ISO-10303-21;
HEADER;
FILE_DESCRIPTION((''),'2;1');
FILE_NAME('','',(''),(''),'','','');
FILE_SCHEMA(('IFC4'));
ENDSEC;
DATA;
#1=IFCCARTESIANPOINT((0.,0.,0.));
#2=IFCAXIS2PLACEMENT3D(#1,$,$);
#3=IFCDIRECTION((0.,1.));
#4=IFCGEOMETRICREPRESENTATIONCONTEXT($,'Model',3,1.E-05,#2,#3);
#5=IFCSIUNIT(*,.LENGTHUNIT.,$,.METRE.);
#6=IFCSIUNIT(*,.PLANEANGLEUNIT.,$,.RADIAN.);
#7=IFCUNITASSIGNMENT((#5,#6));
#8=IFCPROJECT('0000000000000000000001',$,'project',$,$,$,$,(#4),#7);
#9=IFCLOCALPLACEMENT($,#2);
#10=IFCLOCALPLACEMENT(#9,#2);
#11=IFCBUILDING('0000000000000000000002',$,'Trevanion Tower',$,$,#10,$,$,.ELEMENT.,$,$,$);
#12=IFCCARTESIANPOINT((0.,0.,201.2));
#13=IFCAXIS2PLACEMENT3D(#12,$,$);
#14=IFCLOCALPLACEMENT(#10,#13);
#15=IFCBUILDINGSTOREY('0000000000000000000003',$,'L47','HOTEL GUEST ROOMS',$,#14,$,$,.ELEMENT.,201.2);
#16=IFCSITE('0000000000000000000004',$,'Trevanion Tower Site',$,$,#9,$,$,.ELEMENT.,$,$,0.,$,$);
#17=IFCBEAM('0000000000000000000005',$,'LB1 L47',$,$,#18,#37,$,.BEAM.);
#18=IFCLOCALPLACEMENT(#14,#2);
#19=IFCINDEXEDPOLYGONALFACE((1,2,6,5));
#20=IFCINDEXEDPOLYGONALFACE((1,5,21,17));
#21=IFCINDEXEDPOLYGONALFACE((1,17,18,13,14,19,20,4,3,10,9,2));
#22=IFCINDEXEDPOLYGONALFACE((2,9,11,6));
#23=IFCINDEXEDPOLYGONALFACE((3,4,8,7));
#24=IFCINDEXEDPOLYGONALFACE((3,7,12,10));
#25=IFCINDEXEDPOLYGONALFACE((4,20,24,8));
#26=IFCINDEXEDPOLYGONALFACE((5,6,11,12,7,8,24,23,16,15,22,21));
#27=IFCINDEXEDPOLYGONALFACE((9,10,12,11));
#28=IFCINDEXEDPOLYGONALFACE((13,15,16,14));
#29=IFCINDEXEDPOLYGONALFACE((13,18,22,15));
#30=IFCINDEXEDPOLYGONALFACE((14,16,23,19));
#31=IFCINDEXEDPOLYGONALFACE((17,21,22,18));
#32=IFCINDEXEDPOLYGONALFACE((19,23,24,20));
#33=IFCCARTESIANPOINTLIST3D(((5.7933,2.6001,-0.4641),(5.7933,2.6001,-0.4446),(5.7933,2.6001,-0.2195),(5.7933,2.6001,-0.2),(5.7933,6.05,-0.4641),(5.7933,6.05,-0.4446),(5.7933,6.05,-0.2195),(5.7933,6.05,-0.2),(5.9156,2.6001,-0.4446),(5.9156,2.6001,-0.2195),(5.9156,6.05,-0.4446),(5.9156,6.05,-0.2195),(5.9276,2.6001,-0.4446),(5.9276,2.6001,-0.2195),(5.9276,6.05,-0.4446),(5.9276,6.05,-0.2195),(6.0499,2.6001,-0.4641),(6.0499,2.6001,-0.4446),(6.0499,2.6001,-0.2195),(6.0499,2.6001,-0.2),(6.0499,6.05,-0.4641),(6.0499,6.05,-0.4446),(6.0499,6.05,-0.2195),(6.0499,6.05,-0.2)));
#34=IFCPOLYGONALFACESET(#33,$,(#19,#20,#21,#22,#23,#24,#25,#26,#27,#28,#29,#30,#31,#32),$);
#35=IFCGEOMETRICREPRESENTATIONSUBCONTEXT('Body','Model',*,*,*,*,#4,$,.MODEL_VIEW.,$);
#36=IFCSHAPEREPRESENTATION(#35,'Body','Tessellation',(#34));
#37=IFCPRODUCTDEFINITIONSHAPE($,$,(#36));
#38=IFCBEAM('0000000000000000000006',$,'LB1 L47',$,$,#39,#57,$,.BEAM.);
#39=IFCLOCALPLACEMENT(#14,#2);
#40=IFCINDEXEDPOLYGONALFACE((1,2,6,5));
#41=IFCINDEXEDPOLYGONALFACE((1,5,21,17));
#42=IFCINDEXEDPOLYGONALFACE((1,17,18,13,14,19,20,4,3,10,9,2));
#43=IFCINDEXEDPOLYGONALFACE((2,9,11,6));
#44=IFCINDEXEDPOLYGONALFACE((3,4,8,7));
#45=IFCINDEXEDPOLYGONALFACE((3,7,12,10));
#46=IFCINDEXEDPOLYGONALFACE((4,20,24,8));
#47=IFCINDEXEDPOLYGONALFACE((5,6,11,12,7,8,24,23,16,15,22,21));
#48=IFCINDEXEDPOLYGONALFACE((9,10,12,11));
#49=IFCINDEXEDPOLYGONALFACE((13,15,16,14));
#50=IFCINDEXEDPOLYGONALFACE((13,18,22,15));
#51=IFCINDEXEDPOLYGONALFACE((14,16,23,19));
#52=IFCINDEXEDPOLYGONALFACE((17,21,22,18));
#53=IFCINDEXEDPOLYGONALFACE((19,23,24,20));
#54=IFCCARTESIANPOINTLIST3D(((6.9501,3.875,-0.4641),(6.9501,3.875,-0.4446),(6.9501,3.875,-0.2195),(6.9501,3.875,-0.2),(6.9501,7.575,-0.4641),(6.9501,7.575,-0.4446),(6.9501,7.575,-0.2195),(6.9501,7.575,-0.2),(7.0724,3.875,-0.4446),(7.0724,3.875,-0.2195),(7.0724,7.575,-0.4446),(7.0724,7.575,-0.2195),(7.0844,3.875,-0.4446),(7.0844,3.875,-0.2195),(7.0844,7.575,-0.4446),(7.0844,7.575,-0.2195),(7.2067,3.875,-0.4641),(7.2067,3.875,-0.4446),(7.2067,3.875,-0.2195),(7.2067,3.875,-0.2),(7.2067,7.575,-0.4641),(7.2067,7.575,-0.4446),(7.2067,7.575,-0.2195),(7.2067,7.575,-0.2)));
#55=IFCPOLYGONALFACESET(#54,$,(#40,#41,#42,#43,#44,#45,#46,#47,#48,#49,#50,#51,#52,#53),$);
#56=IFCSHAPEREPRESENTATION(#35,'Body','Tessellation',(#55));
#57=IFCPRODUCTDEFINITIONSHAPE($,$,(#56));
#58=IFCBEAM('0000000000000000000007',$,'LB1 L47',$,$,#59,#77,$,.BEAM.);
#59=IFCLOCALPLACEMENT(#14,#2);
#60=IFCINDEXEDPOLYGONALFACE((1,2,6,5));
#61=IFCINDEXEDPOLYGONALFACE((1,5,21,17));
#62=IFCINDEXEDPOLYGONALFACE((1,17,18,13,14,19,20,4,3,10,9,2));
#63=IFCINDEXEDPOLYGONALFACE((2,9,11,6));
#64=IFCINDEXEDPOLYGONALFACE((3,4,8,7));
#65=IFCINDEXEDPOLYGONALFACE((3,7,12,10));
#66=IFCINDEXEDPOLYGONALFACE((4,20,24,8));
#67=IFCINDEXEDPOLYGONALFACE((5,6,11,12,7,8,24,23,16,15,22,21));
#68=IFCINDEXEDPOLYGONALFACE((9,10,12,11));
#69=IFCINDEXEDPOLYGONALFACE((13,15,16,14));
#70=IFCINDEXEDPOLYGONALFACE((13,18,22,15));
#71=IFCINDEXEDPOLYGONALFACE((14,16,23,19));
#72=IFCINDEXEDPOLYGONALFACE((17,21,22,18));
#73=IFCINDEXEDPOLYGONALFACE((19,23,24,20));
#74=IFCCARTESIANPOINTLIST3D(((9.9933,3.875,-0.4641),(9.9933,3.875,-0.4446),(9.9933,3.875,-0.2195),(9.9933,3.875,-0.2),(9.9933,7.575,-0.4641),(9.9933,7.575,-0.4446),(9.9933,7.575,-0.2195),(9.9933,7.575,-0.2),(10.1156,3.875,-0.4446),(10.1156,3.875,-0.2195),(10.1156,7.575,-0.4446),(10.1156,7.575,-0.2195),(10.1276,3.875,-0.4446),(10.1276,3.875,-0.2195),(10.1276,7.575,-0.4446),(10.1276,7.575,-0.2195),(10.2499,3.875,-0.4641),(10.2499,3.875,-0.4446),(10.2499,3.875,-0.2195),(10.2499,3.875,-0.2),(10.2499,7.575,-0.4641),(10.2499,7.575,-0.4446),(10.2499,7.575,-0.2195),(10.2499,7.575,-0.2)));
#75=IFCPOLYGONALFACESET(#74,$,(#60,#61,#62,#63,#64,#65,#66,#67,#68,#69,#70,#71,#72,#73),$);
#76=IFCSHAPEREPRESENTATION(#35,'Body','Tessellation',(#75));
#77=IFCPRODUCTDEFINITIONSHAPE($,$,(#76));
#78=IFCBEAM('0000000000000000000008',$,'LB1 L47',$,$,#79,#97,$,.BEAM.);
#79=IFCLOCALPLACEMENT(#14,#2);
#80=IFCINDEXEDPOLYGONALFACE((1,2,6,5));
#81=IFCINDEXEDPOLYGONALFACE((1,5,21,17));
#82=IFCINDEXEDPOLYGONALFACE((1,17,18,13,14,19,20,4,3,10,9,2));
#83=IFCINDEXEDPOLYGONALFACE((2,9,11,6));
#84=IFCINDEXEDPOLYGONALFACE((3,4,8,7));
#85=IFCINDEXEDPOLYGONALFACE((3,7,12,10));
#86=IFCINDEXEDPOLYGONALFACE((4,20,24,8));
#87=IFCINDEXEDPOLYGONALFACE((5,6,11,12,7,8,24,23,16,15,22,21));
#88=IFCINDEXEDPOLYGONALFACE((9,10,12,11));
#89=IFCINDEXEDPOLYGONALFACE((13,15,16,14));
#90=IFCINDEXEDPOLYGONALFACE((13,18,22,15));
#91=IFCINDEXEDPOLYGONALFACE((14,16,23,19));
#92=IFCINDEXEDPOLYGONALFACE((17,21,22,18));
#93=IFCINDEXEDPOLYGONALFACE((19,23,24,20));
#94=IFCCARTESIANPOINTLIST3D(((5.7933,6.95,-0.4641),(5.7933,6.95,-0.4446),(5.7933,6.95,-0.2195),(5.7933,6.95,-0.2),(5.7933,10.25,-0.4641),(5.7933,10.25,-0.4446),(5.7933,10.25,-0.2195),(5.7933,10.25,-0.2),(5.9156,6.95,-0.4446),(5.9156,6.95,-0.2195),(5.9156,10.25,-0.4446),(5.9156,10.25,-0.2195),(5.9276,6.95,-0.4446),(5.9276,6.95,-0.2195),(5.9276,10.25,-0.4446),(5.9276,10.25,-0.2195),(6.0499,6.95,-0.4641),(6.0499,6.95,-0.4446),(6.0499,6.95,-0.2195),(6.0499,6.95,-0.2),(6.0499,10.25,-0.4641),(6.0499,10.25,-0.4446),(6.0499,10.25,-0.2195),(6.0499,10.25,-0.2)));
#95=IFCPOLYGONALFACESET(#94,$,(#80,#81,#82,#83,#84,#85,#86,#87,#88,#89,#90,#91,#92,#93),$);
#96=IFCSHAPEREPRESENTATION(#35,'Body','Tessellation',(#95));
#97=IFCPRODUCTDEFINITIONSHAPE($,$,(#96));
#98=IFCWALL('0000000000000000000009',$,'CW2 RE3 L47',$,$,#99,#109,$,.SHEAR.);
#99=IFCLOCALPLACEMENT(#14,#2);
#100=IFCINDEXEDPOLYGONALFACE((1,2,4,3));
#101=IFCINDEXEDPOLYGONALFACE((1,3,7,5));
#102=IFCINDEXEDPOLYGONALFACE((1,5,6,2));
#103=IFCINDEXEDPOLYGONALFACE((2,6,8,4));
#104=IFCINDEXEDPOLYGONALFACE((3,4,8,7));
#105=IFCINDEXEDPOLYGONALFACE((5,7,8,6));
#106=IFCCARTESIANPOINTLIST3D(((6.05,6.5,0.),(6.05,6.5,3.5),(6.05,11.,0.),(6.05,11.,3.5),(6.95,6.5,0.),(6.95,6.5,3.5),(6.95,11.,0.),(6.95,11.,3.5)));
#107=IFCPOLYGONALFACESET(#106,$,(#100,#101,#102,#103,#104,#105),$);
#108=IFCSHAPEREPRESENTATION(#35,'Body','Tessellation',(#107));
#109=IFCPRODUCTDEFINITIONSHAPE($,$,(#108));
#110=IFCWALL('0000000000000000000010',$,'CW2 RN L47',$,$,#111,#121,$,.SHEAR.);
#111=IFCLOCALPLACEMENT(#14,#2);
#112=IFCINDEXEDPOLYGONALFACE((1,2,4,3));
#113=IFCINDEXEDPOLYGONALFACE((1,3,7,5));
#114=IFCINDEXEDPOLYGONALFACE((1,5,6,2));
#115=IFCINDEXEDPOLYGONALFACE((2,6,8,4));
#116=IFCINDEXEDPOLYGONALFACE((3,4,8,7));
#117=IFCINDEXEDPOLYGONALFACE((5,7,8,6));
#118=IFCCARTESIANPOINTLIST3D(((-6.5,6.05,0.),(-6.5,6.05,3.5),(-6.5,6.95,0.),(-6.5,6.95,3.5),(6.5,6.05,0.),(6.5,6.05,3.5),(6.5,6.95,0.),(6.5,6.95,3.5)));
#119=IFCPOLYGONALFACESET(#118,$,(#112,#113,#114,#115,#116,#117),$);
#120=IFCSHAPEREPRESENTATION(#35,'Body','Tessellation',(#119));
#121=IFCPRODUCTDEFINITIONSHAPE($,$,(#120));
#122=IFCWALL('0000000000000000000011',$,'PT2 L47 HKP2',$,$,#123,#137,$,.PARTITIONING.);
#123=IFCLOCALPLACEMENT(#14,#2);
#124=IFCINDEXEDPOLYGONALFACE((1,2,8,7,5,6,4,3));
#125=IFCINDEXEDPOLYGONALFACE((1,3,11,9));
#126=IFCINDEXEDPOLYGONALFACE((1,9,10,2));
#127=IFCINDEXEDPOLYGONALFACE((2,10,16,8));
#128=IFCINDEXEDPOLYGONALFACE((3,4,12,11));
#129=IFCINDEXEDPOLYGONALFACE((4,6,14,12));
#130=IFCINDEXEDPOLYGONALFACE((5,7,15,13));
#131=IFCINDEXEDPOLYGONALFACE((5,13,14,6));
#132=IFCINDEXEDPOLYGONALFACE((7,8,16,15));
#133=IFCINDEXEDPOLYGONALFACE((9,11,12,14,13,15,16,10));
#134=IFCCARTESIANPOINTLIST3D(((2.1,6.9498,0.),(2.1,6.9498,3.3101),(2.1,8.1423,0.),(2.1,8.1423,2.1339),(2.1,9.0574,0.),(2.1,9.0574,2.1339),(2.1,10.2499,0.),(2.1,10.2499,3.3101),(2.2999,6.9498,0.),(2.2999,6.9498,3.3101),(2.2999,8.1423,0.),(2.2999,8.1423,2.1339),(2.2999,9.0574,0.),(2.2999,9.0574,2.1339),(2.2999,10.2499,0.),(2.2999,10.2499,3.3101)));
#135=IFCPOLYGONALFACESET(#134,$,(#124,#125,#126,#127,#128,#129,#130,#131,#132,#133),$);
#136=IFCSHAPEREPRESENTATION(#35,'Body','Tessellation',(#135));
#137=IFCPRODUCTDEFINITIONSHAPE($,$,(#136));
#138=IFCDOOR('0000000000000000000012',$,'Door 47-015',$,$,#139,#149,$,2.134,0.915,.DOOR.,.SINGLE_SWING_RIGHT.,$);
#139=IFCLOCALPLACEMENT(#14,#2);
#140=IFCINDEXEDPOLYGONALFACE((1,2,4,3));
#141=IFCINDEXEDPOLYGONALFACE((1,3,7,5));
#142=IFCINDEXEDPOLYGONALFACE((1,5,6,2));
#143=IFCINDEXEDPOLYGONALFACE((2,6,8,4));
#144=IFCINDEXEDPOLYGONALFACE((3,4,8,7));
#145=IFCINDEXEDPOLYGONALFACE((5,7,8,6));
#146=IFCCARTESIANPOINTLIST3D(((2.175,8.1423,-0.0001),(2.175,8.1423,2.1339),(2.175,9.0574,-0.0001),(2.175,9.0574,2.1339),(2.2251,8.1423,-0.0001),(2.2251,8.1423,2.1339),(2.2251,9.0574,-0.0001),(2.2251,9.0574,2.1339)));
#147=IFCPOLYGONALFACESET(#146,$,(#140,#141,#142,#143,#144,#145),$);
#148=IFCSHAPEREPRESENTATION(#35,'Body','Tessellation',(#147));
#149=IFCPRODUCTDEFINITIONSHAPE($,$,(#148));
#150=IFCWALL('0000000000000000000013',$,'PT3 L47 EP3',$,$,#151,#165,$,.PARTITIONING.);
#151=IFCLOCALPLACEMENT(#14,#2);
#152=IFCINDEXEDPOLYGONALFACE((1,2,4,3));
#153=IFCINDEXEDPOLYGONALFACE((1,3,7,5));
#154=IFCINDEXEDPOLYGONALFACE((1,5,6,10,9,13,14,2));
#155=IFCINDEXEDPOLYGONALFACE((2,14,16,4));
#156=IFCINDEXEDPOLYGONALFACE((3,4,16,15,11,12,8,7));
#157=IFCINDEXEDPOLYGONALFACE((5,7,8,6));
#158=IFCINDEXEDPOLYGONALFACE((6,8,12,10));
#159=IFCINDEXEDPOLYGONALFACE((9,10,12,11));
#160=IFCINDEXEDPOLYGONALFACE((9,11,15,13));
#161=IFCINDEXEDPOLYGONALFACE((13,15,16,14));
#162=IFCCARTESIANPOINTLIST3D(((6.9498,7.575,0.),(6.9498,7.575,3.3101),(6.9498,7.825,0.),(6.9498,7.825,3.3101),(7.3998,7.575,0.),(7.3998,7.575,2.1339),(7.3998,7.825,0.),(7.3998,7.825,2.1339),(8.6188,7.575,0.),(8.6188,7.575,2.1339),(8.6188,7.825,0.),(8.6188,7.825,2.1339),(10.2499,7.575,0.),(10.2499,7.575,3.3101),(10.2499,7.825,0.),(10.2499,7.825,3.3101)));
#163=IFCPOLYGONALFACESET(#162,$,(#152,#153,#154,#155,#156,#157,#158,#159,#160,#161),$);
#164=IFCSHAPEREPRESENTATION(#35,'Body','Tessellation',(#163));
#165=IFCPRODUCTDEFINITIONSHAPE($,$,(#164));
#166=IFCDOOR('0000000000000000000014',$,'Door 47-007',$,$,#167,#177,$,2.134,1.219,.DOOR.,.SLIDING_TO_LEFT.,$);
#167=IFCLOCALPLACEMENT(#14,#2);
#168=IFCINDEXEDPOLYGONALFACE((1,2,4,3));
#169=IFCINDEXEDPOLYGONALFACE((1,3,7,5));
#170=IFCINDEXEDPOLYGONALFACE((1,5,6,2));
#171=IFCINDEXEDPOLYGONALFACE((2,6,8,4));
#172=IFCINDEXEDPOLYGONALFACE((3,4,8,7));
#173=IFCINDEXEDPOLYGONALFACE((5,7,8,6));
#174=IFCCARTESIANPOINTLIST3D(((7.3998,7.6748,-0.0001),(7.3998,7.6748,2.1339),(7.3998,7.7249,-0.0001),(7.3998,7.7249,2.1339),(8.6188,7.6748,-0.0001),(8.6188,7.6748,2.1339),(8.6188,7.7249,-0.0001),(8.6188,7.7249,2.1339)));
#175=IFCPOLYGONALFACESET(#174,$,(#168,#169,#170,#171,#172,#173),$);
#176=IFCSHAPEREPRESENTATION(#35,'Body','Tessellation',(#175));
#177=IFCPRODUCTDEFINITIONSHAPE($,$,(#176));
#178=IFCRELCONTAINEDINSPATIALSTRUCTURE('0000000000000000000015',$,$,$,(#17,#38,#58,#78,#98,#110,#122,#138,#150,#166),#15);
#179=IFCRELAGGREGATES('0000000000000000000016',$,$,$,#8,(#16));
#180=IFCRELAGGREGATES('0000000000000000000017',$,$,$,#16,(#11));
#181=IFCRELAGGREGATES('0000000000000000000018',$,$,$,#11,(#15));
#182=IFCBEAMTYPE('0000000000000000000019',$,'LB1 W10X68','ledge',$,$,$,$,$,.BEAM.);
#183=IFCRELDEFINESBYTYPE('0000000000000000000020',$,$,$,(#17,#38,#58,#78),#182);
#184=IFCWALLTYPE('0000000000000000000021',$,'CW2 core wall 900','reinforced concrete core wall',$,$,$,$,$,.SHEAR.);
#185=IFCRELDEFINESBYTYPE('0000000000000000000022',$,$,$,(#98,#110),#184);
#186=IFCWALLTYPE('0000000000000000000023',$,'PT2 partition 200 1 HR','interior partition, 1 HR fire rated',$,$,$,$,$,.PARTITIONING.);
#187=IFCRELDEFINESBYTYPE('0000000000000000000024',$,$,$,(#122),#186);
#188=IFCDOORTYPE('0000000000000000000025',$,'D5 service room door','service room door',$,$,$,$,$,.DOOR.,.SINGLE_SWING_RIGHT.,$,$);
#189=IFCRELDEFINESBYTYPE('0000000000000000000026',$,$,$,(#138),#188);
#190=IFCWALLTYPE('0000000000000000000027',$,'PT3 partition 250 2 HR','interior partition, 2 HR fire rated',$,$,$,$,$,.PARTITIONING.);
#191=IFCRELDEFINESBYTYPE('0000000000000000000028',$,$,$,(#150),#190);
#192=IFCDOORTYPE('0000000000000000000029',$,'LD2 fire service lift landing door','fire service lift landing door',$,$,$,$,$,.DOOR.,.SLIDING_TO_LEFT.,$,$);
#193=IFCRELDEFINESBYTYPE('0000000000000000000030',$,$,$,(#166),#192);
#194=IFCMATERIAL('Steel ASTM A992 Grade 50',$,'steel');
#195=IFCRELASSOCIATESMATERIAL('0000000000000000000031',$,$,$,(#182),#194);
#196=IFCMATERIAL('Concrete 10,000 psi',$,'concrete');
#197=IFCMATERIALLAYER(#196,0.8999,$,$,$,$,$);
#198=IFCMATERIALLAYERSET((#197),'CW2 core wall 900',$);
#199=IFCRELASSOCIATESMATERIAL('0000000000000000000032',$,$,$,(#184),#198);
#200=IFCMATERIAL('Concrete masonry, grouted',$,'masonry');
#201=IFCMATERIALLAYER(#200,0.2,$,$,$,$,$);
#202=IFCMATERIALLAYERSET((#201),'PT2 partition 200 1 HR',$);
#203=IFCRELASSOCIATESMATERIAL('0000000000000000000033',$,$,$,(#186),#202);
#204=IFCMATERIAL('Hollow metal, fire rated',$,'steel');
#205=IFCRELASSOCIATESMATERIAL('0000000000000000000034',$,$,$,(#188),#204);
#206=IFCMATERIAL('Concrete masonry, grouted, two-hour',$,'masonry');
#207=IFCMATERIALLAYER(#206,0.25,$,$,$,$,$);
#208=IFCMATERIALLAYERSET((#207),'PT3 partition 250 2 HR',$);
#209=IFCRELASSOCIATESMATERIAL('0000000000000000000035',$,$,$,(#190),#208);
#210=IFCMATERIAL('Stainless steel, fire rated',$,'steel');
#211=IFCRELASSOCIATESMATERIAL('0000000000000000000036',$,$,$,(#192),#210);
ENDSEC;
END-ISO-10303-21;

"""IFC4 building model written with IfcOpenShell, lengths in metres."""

from ifc_helpers import new_model, si_unit, direction, frame, frame_2d, origin, origin_2d, place, context, subcontext, project, spatial, rectangle, i_section, extrude, material, layer, layer_set, material_profile, profile_set, type_object, element, fill, save


model = new_model("IFC4")

# Units and contexts
model_context = context("Model", 3, precision=1e-05, world=origin(), true_north=direction((0.0, 1.0)))
body_context = subcontext(model_context, "Body", "Model", "MODEL_VIEW")
ifc_project = project(units=[si_unit("LENGTHUNIT", "METRE"), si_unit("PLANEANGLEUNIT", "RADIAN")], contexts=[model_context])

# Site, building, storey
site_placement = place(None, origin())
site = spatial("IfcSite", under=ifc_project, at=site_placement, Name="Trevanion Tower Site", CompositionType="ELEMENT", RefElevation=0.0)
building_placement = place(site_placement, origin())
building = spatial("IfcBuilding", under=site, at=building_placement, Name="Trevanion Tower", CompositionType="ELEMENT")
storey_placement = place(building_placement, frame((0.0, 0.0, 201.2)))
storey = spatial("IfcBuildingStorey", under=building, at=storey_placement, Name="L47", Description="HOTEL GUEST ROOMS", CompositionType="ELEMENT", Elevation=201.2)

# Beams
ifc_material_1 = material(Name="Steel ASTM A992 Grade 50", Category="steel")
ifc_material_profile = material_profile(ifc_material_1, i_section(OverallWidth=0.2566, OverallDepth=0.2642, WebThickness=0.012, FlangeThickness=0.0195, at=origin_2d()), Name="W10X68")
ifc_profile_set = profile_set([ifc_material_profile], Name="Steel ASTM A992 Grade 50")
beam_type = type_object("IfcBeamType", Name="LB1 W10X68", Description="ledge", PredefinedType="BEAM", material=ifc_profile_set)
beam_1_placement = place(storey_placement, frame((5.9216, 2.6001, -0.332), z_axis=(0.0, 1.0, 0.0), x_axis=(-1.0, 0.0, 0.0)))
element("IfcBeam", 1, at=beam_1_placement, inside=storey, type_object=beam_type, Name="LB1 L47", PredefinedType="BEAM", context=body_context, shape_type="SweptSolid", body=[
    extrude(i_section(OverallWidth=0.2566, OverallDepth=0.2642, WebThickness=0.012, FlangeThickness=0.0195, at=origin_2d()), origin(), (0.0, 0.0, 1.0), 3.45),
])
for number, where, z_axis, x_axis, name in (
    (2, (7.0784, 3.875, -0.332), (0.0, 1.0, 0.0), (-1.0, 0.0, 0.0), "LB1 L47"),
    (3, (10.1216, 3.875, -0.332), (0.0, 1.0, 0.0), (-1.0, 0.0, 0.0), "LB1 L47"),
):
    element("IfcBeam", number, at=place(storey_placement, frame(where, z_axis=z_axis, x_axis=x_axis)), inside=storey, type_object=beam_type, Name=name, PredefinedType="BEAM", context=body_context, shape_type="SweptSolid", body=[
        extrude(i_section(OverallWidth=0.2566, OverallDepth=0.2642, WebThickness=0.012, FlangeThickness=0.0195, at=origin_2d()), origin(), (0.0, 0.0, 1.0), 3.7),
    ])
beam_2_placement = place(storey_placement, frame((5.9216, 6.95, -0.332), z_axis=(0.0, 1.0, 0.0), x_axis=(-1.0, 0.0, 0.0)))
element("IfcBeam", 4, at=beam_2_placement, inside=storey, type_object=beam_type, Name="LB1 L47", PredefinedType="BEAM", context=body_context, shape_type="SweptSolid", body=[
    extrude(i_section(OverallWidth=0.2566, OverallDepth=0.2642, WebThickness=0.012, FlangeThickness=0.0195, at=origin_2d()), origin(), (0.0, 0.0, 1.0), 3.3),
])

# Walls
ifc_material_2 = material(Name="Concrete 10,000 psi", Category="concrete")
ifc_layer_1 = layer(ifc_material_2, 0.8999)
ifc_layer_set_1 = layer_set([ifc_layer_1], Name="CW2 core wall 900")
wall_type_1 = type_object("IfcWallType", Name="CW2 core wall 900", Description="reinforced concrete core wall", PredefinedType="SHEAR", material=ifc_layer_set_1)
wall_1_placement = place(storey_placement, frame((6.5, 6.5, 0.0), z_axis=(0.0, 0.0, 1.0), x_axis=(0.0, 1.0, 0.0)))
element("IfcWall", 5, at=wall_1_placement, inside=storey, type_object=wall_type_1, Name="CW2 RE3 L47", PredefinedType="SHEAR", context=body_context, shape_type="SweptSolid", body=[
    extrude(rectangle(XDim=4.5, YDim=0.8999, at=frame_2d((2.25, 0.0))), origin(), (0.0, 0.0, 1.0), 3.5),
])
wall_2_placement = place(storey_placement, frame((6.5, 6.5, 0.0), z_axis=(0.0, 0.0, 1.0), x_axis=(-1.0, 0.0, 0.0)))
element("IfcWall", 6, at=wall_2_placement, inside=storey, type_object=wall_type_1, Name="CW2 RN L47", PredefinedType="SHEAR", context=body_context, shape_type="SweptSolid", body=[
    extrude(rectangle(XDim=13.0, YDim=0.8999, at=frame_2d((6.5, 0.0))), origin(), (0.0, 0.0, 1.0), 3.5),
])

# Walls, openings, doors
ifc_material_3 = material(Name="Concrete masonry, grouted", Category="masonry")
ifc_layer_2 = layer(ifc_material_3, 0.2)
ifc_layer_set_2 = layer_set([ifc_layer_2], Name="PT2 partition 200 1 HR")
wall_type_2 = type_object("IfcWallType", Name="PT2 partition 200 1 HR", Description="interior partition, 1 HR fire rated", PredefinedType="PARTITIONING", material=ifc_layer_set_2)
wall_3_placement = place(storey_placement, frame((2.2, 6.95, 0.0), z_axis=(0.0, 0.0, 1.0), x_axis=(0.0, 1.0, 0.0)))
wall_3 = element("IfcWall", 7, at=wall_3_placement, inside=storey, type_object=wall_type_2, Name="PT2 L47 HKP2", PredefinedType="PARTITIONING", context=body_context, shape_type="SweptSolid", body=[
    extrude(rectangle(XDim=3.3, YDim=0.2, at=frame_2d((1.6499, 0.0))), origin(), (0.0, 0.0, 1.0), 3.3101),
])
opening_1_placement = place(wall_3_placement, frame((1.1924, 0.0, 0.0)))
opening_1 = element("IfcOpeningElement", 8, at=opening_1_placement, cuts=wall_3, PredefinedType="OPENING", context=body_context, shape_type="SweptSolid", body=[
    extrude(rectangle(XDim=0.915, YDim=2.134, at=frame_2d((0.4575, 1.0669))), frame((0.0, 0.1099, 0.0), z_axis=(0.0, -1.0, 0.0), x_axis=(1.0, 0.0, 0.0)), (0.0, 0.0, 1.0), 0.22),
])
ifc_material_4 = material(Name="Hollow metal, fire rated", Category="steel")
door_type_1 = type_object("IfcDoorType", Name="D5 service room door", Description="service room door", OperationType="SINGLE_SWING_RIGHT", PredefinedType="DOOR", material=ifc_material_4)
door_1_placement = place(opening_1_placement, origin())
door_1 = element("IfcDoor", 9, at=door_1_placement, inside=storey, type_object=door_type_1, Name="Door 47-015", OperationType="SINGLE_SWING_RIGHT", OverallHeight=2.134, OverallWidth=0.915, PredefinedType="DOOR", context=body_context, shape_type="SweptSolid", body=[
    extrude(rectangle(XDim=0.915, YDim=2.134, at=frame_2d((0.4575, 1.0669))), frame((0.0, 0.0249, 0.0), z_axis=(0.0, -1.0, 0.0), x_axis=(1.0, 0.0, 0.0)), (0.0, 0.0, 1.0), 0.05),
])
fill(opening_1, door_1)
ifc_material_5 = material(Name="Concrete masonry, grouted, two-hour", Category="masonry")
ifc_layer_3 = layer(ifc_material_5, 0.25)
ifc_layer_set_3 = layer_set([ifc_layer_3], Name="PT3 partition 250 2 HR")
wall_type_3 = type_object("IfcWallType", Name="PT3 partition 250 2 HR", Description="interior partition, 2 HR fire rated", PredefinedType="PARTITIONING", material=ifc_layer_set_3)
wall_4_placement = place(storey_placement, frame((6.95, 7.7, 0.0), z_axis=(0.0, 0.0, 1.0), x_axis=(1.0, 0.0, 0.0)))
wall_4 = element("IfcWall", 10, at=wall_4_placement, inside=storey, type_object=wall_type_3, Name="PT3 L47 EP3", PredefinedType="PARTITIONING", context=body_context, shape_type="SweptSolid", body=[
    extrude(rectangle(XDim=3.3, YDim=0.25, at=frame_2d((1.6499, 0.0))), origin(), (0.0, 0.0, 1.0), 3.3101),
])
opening_2_placement = place(wall_4_placement, frame((0.45, 0.0, 0.0)))
opening_2 = element("IfcOpeningElement", 11, at=opening_2_placement, cuts=wall_4, PredefinedType="OPENING", context=body_context, shape_type="SweptSolid", body=[
    extrude(rectangle(XDim=1.219, YDim=2.134, at=frame_2d((0.6094, 1.0669))), frame((0.0, 0.135, 0.0), z_axis=(0.0, -1.0, 0.0), x_axis=(1.0, 0.0, 0.0)), (0.0, 0.0, 1.0), 0.27),
])
ifc_material_6 = material(Name="Stainless steel, fire rated", Category="steel")
door_type_2 = type_object("IfcDoorType", Name="LD2 fire service lift landing door", Description="fire service lift landing door", OperationType="SLIDING_TO_LEFT", PredefinedType="DOOR", material=ifc_material_6)
door_2_placement = place(opening_2_placement, origin())
door_2 = element("IfcDoor", 12, at=door_2_placement, inside=storey, type_object=door_type_2, Name="Door 47-007", OperationType="SLIDING_TO_LEFT", OverallHeight=2.134, OverallWidth=1.219, PredefinedType="DOOR", context=body_context, shape_type="SweptSolid", body=[
    extrude(rectangle(XDim=1.219, YDim=2.134, at=frame_2d((0.6094, 1.0669))), frame((0.0, 0.0249, 0.0), z_axis=(0.0, -1.0, 0.0), x_axis=(1.0, 0.0, 0.0)), (0.0, 0.0, 1.0), 0.05),
])
fill(opening_2, door_2)

save(model, "model.ifc")
